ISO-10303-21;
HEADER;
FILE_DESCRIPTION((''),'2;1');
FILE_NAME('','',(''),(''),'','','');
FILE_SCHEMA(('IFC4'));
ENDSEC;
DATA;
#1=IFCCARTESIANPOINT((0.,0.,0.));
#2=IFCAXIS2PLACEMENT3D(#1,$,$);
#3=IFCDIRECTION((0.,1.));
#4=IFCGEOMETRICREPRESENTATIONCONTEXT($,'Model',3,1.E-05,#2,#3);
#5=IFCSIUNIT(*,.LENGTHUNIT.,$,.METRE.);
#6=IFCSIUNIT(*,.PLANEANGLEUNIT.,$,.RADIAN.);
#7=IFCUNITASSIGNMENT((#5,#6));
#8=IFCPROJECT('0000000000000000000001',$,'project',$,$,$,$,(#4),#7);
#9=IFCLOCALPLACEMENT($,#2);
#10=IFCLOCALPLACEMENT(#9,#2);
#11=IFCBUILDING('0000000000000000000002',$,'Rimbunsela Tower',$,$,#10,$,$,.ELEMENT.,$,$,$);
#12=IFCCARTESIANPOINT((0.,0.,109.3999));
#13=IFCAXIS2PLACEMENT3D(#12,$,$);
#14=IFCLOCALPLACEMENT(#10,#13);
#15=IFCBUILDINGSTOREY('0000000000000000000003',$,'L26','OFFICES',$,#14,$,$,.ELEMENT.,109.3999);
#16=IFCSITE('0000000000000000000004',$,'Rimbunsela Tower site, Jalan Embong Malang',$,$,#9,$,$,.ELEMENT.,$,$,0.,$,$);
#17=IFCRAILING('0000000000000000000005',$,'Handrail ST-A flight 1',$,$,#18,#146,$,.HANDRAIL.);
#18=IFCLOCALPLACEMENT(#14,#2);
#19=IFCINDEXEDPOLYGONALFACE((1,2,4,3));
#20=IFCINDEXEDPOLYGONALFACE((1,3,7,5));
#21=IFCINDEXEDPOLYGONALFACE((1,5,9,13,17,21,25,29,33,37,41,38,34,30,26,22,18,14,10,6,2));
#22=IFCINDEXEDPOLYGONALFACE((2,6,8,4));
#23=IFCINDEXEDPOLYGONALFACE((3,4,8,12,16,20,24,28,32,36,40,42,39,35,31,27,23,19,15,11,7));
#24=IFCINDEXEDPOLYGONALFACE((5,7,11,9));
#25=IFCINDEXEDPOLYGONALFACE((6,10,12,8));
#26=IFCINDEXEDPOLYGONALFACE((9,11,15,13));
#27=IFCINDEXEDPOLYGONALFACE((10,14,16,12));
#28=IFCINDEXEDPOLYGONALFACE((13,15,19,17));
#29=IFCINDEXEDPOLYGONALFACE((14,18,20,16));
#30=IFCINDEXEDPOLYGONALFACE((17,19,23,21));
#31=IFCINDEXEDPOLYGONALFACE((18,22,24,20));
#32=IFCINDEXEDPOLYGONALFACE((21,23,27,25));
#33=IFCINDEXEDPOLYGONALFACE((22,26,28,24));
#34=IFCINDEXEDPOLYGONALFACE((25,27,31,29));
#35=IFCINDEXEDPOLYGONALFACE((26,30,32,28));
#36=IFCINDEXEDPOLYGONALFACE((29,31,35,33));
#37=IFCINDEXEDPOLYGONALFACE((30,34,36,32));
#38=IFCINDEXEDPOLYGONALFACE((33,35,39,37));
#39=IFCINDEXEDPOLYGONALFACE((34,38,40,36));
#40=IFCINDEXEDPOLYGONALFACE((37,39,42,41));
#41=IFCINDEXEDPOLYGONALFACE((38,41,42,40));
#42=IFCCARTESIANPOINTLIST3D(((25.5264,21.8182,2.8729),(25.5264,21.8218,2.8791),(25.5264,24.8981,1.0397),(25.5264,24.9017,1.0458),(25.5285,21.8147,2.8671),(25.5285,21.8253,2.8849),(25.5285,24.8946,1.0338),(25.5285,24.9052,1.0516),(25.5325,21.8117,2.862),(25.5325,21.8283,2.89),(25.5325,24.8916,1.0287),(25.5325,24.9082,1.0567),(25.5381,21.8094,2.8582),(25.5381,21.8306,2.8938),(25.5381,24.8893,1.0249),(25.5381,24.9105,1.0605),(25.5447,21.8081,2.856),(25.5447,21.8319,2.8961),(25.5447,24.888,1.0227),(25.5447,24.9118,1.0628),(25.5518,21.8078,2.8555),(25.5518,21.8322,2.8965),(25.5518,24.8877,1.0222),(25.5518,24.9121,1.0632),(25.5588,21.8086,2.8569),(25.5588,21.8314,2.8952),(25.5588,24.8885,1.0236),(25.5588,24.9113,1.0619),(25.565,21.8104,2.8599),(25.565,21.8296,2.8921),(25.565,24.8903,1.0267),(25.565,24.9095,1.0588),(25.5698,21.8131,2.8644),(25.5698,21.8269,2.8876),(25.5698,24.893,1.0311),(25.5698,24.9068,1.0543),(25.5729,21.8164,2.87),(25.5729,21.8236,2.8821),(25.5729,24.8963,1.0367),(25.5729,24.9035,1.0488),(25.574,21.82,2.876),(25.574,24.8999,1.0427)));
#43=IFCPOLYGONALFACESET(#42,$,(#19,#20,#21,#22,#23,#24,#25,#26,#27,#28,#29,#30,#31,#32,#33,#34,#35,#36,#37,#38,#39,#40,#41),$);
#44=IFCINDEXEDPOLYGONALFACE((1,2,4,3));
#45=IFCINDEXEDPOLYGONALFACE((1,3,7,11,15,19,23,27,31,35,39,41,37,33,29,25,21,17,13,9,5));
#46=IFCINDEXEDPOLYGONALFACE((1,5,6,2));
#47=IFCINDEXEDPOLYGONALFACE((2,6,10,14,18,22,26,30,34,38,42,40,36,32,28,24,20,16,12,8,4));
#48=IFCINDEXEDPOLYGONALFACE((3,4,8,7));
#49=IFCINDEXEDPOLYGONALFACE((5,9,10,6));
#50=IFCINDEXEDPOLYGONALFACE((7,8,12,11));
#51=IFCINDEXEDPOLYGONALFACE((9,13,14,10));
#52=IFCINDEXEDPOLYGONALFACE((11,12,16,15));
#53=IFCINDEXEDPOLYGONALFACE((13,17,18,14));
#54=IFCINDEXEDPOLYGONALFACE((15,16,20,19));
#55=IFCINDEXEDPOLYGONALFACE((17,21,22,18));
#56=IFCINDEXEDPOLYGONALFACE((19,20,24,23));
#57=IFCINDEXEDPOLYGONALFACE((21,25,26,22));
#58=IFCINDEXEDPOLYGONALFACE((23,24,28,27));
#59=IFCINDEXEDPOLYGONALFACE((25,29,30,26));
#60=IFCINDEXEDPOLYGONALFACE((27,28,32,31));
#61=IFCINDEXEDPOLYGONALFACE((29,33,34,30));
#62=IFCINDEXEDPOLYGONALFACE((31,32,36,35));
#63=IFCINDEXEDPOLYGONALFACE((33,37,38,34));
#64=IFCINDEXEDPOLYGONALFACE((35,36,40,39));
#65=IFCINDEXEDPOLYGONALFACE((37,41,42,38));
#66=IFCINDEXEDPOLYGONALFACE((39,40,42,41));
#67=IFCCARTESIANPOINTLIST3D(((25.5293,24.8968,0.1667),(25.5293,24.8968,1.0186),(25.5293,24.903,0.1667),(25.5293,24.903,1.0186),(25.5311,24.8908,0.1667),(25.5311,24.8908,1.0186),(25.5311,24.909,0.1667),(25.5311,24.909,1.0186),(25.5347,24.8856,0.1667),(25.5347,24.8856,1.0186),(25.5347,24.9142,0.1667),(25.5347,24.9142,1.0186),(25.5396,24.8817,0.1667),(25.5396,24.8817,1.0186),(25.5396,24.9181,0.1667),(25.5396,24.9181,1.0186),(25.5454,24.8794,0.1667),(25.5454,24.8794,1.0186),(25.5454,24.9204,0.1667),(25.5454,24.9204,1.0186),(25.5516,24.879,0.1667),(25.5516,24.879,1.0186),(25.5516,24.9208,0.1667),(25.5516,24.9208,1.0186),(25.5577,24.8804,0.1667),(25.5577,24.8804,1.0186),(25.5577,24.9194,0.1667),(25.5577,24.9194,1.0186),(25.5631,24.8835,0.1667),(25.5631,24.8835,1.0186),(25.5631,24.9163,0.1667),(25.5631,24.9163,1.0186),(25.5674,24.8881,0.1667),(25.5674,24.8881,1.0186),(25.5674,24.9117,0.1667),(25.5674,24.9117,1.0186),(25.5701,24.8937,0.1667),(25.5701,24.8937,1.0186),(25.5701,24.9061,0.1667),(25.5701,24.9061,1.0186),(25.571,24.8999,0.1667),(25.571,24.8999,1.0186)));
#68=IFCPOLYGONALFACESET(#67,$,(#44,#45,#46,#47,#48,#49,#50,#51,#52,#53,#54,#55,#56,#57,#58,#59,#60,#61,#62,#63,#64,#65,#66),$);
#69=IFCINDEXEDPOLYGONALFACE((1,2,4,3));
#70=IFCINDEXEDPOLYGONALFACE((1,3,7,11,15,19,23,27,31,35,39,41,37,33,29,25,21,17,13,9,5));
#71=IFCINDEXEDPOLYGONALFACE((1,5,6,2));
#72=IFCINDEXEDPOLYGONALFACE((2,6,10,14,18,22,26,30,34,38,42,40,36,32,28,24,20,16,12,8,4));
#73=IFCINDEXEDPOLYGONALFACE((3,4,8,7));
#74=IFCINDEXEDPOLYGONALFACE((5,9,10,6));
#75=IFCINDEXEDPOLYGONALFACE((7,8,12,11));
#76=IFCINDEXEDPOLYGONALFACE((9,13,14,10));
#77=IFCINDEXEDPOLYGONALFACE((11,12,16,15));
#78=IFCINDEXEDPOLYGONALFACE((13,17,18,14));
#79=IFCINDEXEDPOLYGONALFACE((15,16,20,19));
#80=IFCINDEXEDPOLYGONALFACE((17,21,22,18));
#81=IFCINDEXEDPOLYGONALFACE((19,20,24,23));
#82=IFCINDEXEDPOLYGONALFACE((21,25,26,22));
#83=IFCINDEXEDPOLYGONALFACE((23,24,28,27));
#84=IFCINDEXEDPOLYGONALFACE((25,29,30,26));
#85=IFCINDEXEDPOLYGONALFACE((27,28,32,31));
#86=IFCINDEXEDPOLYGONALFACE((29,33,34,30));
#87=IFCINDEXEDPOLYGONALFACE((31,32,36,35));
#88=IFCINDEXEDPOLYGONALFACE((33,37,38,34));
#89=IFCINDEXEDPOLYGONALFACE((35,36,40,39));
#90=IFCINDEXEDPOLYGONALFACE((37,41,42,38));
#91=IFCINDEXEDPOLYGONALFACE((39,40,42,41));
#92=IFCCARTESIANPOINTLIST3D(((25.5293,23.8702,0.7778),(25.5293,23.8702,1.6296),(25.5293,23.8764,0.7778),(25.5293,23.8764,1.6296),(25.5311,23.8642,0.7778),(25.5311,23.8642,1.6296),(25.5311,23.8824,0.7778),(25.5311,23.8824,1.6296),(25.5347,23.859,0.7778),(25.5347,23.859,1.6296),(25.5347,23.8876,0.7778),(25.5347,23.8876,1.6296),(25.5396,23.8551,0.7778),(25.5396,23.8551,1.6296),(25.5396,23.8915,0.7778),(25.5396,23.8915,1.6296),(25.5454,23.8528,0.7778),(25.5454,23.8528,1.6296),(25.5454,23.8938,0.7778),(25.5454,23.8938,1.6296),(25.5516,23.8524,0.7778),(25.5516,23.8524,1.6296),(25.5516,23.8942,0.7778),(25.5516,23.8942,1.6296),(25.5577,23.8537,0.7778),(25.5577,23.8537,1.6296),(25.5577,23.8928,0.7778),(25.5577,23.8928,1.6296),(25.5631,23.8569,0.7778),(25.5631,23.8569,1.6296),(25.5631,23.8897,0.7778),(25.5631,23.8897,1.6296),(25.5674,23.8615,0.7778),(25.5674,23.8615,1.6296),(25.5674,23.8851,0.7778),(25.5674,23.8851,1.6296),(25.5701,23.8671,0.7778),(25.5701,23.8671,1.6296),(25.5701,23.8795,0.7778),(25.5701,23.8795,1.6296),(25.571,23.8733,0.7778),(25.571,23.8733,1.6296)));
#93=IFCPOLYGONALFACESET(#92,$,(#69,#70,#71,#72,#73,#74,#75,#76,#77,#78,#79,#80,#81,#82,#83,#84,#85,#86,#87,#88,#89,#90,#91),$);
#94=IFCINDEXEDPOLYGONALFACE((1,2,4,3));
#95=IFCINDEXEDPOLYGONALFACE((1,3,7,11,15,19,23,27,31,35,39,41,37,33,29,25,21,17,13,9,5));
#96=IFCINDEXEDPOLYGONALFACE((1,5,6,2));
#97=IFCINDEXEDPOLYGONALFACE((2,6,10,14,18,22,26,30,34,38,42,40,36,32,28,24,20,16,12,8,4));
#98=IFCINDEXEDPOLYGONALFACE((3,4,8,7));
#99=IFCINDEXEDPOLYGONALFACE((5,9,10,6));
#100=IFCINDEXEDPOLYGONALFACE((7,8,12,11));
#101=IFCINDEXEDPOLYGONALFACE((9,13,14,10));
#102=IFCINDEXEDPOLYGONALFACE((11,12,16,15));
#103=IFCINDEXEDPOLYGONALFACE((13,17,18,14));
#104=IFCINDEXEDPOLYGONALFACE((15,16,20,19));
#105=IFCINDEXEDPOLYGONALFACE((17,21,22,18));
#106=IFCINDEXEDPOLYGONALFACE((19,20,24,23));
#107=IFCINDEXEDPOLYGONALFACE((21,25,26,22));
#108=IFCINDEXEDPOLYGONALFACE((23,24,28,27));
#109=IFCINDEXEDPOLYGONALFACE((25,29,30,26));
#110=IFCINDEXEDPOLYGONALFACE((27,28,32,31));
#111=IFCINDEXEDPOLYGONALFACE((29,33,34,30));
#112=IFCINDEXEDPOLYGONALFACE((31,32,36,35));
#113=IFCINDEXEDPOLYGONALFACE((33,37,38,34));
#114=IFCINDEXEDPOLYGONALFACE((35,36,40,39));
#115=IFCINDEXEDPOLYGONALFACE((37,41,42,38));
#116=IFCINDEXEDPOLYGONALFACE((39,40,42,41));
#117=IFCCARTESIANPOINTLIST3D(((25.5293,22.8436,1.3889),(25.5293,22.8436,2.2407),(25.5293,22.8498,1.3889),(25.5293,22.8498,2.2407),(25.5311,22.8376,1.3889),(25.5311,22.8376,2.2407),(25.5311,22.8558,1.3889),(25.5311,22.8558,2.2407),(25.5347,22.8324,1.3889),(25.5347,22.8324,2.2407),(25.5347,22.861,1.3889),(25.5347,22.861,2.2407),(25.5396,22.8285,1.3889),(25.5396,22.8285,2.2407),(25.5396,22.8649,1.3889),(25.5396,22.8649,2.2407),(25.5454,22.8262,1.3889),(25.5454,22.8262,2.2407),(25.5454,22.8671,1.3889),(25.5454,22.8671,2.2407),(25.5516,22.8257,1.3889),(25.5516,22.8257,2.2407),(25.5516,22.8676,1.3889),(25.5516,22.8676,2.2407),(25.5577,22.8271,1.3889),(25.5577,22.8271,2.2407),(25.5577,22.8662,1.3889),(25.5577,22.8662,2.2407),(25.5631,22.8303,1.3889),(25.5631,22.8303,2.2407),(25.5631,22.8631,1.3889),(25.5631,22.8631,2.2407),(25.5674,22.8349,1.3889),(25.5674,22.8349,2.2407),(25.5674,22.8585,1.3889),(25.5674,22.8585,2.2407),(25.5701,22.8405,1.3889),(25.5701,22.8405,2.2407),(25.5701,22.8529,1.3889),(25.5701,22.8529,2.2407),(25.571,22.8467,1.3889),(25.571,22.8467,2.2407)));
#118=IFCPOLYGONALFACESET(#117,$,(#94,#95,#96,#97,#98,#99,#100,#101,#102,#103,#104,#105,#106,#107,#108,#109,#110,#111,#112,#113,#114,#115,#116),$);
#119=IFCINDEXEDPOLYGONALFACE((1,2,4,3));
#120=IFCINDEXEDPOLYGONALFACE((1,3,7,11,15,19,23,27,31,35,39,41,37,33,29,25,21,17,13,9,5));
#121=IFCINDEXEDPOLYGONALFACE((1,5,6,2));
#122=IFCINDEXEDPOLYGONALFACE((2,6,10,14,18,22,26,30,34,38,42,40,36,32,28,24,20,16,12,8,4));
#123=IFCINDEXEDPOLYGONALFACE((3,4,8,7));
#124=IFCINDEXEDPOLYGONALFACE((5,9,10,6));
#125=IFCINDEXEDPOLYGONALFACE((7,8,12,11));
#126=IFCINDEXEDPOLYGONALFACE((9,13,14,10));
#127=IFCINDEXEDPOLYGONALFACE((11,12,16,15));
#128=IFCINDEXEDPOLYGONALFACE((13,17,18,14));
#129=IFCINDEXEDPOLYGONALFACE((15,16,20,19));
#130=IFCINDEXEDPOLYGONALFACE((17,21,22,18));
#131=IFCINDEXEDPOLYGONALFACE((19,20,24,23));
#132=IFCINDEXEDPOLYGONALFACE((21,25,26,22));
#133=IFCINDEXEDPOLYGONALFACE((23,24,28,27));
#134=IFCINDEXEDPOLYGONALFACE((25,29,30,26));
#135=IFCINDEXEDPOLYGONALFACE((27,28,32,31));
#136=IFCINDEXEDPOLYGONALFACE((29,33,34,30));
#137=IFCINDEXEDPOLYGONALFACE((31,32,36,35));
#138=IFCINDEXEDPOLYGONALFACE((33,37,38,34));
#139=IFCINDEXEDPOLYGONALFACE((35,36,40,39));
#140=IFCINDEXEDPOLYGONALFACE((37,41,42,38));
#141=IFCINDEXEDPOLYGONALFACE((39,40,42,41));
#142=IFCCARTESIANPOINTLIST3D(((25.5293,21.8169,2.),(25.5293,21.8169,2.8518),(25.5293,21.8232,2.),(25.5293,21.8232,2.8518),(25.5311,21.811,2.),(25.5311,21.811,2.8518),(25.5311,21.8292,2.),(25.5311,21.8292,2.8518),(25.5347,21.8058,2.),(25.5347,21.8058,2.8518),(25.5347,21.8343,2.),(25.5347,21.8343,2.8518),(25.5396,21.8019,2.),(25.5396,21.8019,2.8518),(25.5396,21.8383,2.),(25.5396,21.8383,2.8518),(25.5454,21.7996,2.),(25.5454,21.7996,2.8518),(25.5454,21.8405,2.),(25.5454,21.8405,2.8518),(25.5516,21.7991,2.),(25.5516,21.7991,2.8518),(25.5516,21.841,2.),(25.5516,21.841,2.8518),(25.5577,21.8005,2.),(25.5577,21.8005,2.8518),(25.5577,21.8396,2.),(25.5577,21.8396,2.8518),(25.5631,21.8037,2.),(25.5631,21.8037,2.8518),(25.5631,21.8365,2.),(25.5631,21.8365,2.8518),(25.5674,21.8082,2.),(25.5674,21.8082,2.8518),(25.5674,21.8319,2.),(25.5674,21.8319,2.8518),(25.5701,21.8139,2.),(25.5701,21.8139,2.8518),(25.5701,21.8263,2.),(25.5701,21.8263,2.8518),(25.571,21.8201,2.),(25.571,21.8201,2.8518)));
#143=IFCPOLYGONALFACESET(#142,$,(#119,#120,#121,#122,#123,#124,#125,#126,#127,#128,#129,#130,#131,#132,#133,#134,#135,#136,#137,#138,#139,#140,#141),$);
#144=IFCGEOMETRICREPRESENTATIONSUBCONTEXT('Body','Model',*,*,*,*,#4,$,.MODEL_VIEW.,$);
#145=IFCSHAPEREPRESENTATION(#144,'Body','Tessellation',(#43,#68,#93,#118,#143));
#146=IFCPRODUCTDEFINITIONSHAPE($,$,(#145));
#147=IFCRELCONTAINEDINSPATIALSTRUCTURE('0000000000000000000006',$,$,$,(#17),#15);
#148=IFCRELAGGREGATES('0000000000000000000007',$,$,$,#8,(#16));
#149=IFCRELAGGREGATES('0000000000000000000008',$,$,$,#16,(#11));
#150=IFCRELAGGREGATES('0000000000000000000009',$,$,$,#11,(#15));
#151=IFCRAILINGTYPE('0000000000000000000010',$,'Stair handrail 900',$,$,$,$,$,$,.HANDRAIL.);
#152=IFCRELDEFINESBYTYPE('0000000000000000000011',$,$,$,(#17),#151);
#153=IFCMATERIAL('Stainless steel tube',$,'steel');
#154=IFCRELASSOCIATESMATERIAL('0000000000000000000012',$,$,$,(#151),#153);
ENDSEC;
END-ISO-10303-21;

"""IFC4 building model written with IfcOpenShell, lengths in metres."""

from ifc_helpers import new_model, si_unit, direction, frame, origin, origin_2d, place, context, subcontext, project, spatial, circle, extrude, material, type_object, element, save


model = new_model("IFC4")

# Units and contexts
model_context = context("Model", 3, precision=1e-05, world=origin(), true_north=direction((0.0, 1.0)))
body_context = subcontext(model_context, "Body", "Model", "MODEL_VIEW")
ifc_project = project(units=[si_unit("LENGTHUNIT", "METRE"), si_unit("PLANEANGLEUNIT", "RADIAN")], contexts=[model_context])

# Site, building, storey
site_placement = place(None, origin())
site = spatial("IfcSite", under=ifc_project, at=site_placement, Name="Rimbunsela Tower site, Jalan Embong Malang", CompositionType="ELEMENT", RefElevation=0.0)
building_placement = place(site_placement, origin())
building = spatial("IfcBuilding", under=site, at=building_placement, Name="Rimbunsela Tower", CompositionType="ELEMENT")
storey_placement = place(building_placement, frame((0.0, 0.0, 109.3999)))
storey = spatial("IfcBuildingStorey", under=building, at=storey_placement, Name="L26", Description="OFFICES", CompositionType="ELEMENT", Elevation=109.3999)

# Railing
ifc_material_1 = material(Name="Stainless steel tube", Category="steel")
railing_type = type_object("IfcRailingType", Name="Stair handrail 900", PredefinedType="HANDRAIL", material=ifc_material_1)
railing_1_placement = place(storey_placement, frame((25.55, 24.8999, 0.1667)))
element("IfcRailing", 1, at=railing_1_placement, inside=storey, type_object=railing_type, Name="Handrail ST-A flight 1", PredefinedType="HANDRAIL", context=body_context, shape_type="SweptSolid", body=[
    extrude(circle(Radius=0.0239, at=origin_2d()), frame((0.0, 0.0, 0.876), z_axis=(0.0, -0.859291, 0.511487), x_axis=(1.0, 0.0, 0.0)), (0.0, 0.0, 1.0), 3.5842),
    extrude(circle(Radius=0.021, at=origin_2d()), origin(), (0.0, 0.0, 1.0), 0.8518),
    extrude(circle(Radius=0.021, at=origin_2d()), frame((0.0, -1.0266, 0.6111)), (0.0, 0.0, 1.0), 0.8518),
    extrude(circle(Radius=0.021, at=origin_2d()), frame((0.0, -2.0532, 1.2222)), (0.0, 0.0, 1.0), 0.8518),
    extrude(circle(Radius=0.021, at=origin_2d()), frame((0.0, -3.0798, 1.8333)), (0.0, 0.0, 1.0), 0.8518),
])

save(model, "model.ifc")
